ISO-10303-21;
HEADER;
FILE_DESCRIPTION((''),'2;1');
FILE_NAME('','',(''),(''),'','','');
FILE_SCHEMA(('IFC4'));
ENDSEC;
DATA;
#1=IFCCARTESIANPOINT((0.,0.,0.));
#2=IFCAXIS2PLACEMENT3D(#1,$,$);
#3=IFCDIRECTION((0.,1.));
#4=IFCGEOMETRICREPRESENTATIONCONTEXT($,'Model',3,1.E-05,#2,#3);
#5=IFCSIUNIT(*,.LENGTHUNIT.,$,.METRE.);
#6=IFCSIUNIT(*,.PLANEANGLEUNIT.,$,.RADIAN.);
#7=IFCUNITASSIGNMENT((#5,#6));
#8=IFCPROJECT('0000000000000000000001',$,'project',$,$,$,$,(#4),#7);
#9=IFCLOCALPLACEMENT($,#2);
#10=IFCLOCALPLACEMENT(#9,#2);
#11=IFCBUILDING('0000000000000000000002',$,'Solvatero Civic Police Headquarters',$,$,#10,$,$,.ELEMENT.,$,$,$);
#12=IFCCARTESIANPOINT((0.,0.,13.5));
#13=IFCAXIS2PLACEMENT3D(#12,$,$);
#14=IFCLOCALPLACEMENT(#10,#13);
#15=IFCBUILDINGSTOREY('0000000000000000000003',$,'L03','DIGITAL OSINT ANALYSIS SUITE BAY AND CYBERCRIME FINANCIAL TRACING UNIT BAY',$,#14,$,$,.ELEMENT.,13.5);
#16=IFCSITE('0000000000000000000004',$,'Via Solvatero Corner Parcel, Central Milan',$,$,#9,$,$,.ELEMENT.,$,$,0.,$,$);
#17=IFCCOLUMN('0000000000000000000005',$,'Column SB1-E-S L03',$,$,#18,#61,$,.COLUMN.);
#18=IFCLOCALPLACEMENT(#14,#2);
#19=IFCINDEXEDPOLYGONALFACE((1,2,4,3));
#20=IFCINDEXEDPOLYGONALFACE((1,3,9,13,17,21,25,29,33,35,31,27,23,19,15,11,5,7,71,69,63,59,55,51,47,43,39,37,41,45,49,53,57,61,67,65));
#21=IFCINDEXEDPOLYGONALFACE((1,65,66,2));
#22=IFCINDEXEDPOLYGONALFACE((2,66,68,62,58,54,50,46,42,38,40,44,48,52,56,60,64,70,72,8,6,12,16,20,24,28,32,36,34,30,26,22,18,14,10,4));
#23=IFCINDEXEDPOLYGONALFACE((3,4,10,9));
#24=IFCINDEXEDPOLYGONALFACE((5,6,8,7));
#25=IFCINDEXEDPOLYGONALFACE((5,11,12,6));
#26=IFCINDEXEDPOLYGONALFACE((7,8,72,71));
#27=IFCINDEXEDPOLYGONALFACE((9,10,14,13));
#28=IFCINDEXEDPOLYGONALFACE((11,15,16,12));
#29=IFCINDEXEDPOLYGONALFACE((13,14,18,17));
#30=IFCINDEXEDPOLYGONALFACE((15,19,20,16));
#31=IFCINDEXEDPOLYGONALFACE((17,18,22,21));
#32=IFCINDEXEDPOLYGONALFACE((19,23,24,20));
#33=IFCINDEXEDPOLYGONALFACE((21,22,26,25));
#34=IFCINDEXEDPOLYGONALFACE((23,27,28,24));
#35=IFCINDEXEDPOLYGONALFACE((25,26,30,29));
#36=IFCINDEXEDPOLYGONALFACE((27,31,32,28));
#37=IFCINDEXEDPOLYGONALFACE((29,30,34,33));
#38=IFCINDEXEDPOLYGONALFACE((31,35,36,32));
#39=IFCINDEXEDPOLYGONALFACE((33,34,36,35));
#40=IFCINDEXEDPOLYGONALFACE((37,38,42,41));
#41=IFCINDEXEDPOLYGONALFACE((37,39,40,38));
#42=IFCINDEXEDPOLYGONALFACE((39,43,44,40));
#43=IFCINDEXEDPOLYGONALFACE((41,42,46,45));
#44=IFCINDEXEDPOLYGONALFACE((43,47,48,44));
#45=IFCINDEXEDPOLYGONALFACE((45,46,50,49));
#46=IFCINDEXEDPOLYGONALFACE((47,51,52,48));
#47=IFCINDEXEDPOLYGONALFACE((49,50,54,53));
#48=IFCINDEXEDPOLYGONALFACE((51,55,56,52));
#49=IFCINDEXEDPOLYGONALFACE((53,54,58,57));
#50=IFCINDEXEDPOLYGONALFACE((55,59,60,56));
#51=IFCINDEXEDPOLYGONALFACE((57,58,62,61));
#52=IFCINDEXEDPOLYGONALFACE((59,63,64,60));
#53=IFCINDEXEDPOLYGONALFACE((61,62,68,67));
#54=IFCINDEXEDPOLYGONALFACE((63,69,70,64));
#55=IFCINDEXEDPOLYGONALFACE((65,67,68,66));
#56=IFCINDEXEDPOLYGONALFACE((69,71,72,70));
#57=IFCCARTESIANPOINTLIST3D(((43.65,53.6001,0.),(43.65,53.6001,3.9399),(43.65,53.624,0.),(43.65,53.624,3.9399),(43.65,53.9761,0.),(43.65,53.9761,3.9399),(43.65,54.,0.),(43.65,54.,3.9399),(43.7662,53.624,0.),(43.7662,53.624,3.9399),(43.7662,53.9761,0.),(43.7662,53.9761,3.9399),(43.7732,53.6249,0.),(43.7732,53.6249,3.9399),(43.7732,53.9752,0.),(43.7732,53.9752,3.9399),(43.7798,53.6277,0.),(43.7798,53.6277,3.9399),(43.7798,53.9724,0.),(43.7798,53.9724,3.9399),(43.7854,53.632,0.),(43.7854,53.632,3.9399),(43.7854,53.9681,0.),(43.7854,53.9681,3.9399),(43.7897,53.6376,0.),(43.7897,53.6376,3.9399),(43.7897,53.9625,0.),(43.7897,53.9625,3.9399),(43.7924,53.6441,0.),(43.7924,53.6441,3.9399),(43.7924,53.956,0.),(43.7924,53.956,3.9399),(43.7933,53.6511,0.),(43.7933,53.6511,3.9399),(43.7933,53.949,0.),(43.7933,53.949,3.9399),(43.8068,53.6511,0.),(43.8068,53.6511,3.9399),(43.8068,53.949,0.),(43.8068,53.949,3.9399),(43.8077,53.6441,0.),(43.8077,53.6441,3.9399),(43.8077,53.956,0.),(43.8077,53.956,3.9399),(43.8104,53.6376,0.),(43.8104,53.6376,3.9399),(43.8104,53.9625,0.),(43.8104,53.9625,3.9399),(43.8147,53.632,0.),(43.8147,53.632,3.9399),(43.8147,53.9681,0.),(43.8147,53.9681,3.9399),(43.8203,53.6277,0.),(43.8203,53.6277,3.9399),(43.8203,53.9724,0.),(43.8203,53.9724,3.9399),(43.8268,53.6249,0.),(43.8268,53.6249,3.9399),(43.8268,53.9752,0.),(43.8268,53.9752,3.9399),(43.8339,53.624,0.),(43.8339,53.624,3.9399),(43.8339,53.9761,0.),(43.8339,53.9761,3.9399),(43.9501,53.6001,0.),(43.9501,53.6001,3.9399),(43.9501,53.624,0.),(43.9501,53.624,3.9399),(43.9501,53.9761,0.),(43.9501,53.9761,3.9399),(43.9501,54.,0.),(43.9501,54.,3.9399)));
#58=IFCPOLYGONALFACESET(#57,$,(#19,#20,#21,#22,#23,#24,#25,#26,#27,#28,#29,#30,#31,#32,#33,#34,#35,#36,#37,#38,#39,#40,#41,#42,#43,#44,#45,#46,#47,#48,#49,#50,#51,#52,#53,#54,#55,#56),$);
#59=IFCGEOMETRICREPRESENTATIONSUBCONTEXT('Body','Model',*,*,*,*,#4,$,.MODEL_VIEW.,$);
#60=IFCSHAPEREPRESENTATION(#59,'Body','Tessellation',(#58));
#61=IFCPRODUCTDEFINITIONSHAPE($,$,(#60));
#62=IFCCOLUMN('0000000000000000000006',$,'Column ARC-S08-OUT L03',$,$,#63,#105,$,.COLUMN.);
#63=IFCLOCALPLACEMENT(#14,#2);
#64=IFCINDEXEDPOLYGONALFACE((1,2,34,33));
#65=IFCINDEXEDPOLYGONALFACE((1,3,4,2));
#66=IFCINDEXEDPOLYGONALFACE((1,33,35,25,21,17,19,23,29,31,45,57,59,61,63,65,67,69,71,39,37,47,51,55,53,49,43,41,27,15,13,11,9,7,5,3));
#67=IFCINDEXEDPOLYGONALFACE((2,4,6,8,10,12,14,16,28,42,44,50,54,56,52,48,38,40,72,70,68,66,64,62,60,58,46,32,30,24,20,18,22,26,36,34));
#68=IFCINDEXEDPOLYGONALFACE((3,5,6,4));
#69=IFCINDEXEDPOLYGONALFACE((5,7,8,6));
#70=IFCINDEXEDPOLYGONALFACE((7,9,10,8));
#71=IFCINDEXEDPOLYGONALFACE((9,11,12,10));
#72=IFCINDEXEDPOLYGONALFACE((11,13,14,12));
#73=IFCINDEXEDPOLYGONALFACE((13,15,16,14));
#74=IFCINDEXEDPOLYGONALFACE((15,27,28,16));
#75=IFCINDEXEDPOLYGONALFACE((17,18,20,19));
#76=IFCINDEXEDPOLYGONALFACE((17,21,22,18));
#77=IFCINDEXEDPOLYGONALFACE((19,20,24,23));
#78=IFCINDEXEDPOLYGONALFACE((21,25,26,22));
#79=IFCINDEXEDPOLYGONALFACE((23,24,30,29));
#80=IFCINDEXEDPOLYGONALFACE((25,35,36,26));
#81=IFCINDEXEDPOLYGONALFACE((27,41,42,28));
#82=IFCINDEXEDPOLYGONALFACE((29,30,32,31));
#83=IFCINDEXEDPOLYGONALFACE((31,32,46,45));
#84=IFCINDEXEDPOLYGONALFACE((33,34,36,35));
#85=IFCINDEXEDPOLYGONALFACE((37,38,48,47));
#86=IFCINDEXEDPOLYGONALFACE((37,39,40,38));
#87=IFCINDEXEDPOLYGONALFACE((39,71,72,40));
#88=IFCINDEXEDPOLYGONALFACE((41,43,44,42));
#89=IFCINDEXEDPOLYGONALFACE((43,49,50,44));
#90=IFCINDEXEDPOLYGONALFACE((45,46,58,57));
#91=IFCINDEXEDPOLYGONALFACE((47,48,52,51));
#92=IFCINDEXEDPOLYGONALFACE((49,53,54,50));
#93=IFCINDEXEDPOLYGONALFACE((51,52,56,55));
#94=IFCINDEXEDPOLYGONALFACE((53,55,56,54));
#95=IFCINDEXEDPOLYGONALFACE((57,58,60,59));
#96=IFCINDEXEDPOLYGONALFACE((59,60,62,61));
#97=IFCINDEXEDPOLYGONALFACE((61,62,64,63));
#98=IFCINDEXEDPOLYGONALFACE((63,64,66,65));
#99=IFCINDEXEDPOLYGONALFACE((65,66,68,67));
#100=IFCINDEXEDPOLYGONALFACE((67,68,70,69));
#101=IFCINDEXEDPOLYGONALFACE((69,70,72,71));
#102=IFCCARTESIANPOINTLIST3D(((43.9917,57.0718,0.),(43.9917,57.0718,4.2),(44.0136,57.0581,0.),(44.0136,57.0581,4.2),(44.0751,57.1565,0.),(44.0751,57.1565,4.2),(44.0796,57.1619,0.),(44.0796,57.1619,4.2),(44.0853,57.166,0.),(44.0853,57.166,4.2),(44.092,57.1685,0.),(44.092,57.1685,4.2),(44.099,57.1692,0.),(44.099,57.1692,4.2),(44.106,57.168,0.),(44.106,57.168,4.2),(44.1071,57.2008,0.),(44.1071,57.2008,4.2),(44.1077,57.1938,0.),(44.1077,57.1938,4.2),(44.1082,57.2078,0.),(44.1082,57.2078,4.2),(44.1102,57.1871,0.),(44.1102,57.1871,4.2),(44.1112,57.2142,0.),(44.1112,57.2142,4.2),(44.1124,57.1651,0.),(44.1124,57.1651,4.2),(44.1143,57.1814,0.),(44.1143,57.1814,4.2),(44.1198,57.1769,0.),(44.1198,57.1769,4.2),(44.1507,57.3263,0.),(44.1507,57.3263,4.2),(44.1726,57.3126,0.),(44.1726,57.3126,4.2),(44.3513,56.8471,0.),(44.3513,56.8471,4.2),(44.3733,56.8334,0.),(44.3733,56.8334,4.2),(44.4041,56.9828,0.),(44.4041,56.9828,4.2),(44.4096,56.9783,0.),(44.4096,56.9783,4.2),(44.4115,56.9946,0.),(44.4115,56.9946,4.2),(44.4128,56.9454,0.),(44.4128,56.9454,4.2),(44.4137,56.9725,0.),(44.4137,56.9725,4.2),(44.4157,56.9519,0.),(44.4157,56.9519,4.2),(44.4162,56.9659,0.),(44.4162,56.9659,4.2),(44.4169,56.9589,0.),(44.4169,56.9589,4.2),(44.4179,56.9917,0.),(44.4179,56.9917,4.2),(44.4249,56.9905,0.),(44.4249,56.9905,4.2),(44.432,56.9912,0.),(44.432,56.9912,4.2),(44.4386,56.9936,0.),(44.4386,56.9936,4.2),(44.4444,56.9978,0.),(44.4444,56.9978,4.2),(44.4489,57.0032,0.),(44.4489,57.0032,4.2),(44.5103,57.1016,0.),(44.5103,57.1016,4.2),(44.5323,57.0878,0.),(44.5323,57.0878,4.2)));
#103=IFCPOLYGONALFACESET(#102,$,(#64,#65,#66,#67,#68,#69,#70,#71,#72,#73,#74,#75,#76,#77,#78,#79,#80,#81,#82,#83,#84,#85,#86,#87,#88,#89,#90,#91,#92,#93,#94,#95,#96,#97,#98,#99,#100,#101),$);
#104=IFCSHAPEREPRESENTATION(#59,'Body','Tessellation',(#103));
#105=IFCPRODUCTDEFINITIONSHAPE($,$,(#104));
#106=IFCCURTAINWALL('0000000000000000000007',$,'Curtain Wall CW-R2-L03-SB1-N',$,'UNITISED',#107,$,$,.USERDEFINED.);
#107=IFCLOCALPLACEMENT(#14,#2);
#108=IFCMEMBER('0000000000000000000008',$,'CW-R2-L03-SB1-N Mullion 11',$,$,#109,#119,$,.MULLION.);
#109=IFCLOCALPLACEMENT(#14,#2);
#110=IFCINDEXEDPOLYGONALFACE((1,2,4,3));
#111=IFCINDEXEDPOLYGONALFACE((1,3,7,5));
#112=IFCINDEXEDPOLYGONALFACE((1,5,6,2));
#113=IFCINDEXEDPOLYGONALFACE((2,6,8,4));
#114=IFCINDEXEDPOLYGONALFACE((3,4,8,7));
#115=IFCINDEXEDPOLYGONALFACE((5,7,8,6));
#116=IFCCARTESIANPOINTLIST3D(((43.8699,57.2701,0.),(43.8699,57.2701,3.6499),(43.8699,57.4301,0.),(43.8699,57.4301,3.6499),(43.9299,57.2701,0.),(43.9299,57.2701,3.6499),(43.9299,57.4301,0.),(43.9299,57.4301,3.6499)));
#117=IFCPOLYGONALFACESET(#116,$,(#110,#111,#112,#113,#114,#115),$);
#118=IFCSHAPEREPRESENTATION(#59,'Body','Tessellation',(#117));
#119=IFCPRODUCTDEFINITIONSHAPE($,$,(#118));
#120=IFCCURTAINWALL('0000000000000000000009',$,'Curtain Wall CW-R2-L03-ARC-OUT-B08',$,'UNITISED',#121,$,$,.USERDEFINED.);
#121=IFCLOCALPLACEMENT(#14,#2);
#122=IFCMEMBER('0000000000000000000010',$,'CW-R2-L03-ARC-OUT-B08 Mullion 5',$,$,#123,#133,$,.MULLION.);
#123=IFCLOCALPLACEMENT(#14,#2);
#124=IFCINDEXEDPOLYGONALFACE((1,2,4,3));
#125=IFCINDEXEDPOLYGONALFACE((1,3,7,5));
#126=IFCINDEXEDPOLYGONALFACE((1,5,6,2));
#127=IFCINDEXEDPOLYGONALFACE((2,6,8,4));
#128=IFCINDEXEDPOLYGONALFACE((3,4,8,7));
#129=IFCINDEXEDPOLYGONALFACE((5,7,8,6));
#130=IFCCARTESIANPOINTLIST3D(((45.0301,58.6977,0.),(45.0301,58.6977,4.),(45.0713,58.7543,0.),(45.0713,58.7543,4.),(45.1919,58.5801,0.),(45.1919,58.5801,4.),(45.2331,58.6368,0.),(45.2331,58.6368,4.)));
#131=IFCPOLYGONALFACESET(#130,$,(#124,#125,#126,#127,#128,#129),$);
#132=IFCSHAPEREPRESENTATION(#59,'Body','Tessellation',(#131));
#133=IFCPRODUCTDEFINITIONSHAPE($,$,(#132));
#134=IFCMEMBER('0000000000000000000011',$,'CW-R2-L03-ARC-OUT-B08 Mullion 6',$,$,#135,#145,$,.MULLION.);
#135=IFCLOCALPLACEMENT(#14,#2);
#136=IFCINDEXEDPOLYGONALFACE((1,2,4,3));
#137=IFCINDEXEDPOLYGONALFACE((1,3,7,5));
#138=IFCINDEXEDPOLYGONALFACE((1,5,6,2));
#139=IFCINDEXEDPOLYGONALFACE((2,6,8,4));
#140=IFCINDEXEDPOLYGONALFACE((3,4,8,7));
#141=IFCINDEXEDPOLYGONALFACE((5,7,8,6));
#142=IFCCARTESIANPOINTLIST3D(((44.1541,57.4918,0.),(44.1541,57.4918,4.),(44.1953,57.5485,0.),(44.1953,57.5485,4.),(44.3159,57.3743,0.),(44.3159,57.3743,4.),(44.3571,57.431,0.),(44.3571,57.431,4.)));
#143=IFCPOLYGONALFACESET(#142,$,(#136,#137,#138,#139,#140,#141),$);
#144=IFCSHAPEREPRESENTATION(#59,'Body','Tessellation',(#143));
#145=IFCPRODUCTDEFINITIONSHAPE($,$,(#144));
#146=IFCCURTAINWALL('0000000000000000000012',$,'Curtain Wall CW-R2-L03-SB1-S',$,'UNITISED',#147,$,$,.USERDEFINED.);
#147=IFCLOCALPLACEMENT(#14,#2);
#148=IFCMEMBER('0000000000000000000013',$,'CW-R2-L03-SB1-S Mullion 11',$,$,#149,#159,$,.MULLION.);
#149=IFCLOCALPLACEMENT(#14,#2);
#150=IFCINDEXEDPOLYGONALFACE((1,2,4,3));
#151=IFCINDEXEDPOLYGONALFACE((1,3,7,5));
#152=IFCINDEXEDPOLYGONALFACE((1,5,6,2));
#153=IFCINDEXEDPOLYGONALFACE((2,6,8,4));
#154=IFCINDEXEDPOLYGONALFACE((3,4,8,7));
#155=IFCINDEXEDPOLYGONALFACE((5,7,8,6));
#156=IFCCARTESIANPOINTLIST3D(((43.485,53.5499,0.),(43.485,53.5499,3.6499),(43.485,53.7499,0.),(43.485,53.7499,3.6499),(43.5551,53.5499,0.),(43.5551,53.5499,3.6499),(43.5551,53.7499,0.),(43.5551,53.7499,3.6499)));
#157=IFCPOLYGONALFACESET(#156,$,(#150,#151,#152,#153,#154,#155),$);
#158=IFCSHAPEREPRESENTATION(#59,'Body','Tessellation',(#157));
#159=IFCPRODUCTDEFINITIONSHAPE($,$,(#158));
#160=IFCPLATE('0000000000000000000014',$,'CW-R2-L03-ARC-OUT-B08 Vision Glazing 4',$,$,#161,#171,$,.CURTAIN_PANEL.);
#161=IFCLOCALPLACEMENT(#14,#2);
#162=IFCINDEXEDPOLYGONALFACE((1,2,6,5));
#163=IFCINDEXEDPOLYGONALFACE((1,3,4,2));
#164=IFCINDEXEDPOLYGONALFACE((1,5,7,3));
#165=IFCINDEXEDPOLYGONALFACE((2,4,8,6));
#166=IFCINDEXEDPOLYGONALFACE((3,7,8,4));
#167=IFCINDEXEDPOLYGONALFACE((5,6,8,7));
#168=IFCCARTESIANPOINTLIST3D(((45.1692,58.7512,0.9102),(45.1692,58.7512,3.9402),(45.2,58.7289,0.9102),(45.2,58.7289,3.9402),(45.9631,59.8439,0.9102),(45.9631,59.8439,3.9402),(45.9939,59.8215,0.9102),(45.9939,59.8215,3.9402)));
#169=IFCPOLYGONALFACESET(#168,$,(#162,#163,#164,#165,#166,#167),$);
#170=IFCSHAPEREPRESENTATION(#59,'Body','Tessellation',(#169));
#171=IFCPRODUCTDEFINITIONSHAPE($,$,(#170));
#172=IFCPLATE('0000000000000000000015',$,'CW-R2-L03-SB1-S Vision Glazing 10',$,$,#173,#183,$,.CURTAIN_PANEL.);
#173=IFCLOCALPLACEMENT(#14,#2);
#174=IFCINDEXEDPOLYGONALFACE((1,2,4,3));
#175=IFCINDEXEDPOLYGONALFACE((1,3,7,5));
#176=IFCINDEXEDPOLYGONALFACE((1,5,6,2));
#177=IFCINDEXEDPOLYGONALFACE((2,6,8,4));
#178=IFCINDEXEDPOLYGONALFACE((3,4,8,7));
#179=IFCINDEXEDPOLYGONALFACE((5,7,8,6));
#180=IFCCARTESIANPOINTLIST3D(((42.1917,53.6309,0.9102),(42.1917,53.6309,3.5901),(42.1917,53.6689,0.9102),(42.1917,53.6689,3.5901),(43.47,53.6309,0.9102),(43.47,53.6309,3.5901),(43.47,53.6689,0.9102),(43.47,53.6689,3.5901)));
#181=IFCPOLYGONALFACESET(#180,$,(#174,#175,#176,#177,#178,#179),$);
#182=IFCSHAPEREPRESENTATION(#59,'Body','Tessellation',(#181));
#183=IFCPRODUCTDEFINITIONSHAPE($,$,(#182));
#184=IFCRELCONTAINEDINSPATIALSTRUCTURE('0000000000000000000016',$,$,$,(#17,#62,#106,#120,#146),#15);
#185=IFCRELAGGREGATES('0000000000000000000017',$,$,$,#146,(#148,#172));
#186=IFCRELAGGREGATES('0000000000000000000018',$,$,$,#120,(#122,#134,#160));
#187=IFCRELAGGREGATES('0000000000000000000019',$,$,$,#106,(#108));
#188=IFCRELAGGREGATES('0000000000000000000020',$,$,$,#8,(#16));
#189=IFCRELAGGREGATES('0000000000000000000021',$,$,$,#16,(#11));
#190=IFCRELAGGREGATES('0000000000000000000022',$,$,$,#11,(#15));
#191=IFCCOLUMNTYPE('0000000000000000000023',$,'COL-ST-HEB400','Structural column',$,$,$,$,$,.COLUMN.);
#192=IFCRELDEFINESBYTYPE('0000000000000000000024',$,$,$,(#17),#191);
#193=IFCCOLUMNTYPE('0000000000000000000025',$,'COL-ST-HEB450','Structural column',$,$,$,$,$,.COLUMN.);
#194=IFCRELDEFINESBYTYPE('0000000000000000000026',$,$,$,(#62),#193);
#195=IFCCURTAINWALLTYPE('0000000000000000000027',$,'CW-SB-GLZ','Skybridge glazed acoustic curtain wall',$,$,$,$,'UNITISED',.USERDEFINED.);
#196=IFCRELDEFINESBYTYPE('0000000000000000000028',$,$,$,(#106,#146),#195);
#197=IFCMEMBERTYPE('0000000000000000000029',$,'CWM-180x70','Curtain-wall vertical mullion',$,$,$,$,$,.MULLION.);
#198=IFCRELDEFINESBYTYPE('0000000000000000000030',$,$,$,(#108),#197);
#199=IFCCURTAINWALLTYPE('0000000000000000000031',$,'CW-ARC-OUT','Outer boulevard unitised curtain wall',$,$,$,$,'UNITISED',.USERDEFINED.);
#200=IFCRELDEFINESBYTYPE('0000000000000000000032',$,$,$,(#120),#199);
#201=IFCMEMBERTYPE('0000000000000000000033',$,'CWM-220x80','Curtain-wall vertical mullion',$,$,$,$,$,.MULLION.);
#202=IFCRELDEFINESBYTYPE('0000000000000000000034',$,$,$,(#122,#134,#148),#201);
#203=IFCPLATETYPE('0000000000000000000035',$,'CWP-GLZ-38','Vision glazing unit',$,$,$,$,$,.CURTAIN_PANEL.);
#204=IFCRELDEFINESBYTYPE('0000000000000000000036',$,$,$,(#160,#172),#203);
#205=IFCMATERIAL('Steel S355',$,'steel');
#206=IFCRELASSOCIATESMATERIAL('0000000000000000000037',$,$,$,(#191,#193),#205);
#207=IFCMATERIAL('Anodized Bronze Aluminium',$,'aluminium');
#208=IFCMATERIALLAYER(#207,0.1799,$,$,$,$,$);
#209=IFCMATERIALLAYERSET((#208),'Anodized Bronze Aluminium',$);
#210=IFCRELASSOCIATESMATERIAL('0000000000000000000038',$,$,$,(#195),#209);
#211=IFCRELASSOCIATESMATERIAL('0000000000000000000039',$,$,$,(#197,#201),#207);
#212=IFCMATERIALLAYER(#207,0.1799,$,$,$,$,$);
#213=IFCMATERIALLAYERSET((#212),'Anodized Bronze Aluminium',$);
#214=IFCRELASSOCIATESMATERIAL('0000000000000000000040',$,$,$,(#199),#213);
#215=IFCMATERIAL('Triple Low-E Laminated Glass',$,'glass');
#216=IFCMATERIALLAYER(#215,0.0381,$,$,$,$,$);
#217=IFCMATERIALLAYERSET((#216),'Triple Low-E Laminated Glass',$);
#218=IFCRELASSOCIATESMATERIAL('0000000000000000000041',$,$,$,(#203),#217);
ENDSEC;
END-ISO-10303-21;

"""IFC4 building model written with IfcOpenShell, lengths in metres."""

from ifc_helpers import new_model, si_unit, direction, frame, origin, origin_2d, place, context, subcontext, project, spatial, rectangle, i_section, extrude, material, layer, layer_set, material_profile, profile_set, type_object, element, aggregate, save


model = new_model("IFC4")

# Units and contexts
model_context = context("Model", 3, precision=1e-05, world=origin(), true_north=direction((0.0, 1.0)))
body_context = subcontext(model_context, "Body", "Model", "MODEL_VIEW")
ifc_project = project(units=[si_unit("LENGTHUNIT", "METRE"), si_unit("PLANEANGLEUNIT", "RADIAN")], contexts=[model_context])

# Site, building, storey
site_placement = place(None, origin())
site = spatial("IfcSite", under=ifc_project, at=site_placement, Name="Via Solvatero Corner Parcel, Central Milan", CompositionType="ELEMENT", RefElevation=0.0)
building_placement = place(site_placement, origin())
building = spatial("IfcBuilding", under=site, at=building_placement, Name="Solvatero Civic Police Headquarters", CompositionType="ELEMENT")
storey_placement = place(building_placement, frame((0.0, 0.0, 13.5)))
storey = spatial("IfcBuildingStorey", under=building, at=storey_placement, Name="L03", Description="DIGITAL OSINT ANALYSIS SUITE BAY AND CYBERCRIME FINANCIAL TRACING UNIT BAY", CompositionType="ELEMENT", Elevation=13.5)

# Columns
ifc_material_1 = material(Name="Steel S355", Category="steel")
ifc_material_profile_1 = material_profile(ifc_material_1, i_section(OverallWidth=0.3, OverallDepth=0.3999, WebThickness=0.0134, FlangeThickness=0.0239, FilletRadius=0.0271, at=origin_2d()), Name="HEB 400")
ifc_profile_set_1 = profile_set([ifc_material_profile_1], Name="Steel S355")
column_type_1 = type_object("IfcColumnType", Name="COL-ST-HEB400", Description="Structural column", PredefinedType="COLUMN", material=ifc_profile_set_1)
column_1_placement = place(storey_placement, frame((43.8, 53.8, 0.0), z_axis=(0.0, 0.0, 1.0), x_axis=(1.0, 0.0, 0.0)))
element("IfcColumn", 1, at=column_1_placement, inside=storey, type_object=column_type_1, Name="Column SB1-E-S L03", PredefinedType="COLUMN", context=body_context, shape_type="SweptSolid", body=[
    extrude(i_section(OverallWidth=0.3, OverallDepth=0.3999, WebThickness=0.0134, FlangeThickness=0.0239, FilletRadius=0.0271, at=origin_2d()), origin(), (0.0, 0.0, 1.0), 3.9399),
])
ifc_material_profile_2 = material_profile(ifc_material_1, i_section(OverallWidth=0.3, OverallDepth=0.45, WebThickness=0.0139, FlangeThickness=0.0259, FilletRadius=0.0271, at=origin_2d()), Name="HEB 450")
ifc_profile_set_2 = profile_set([ifc_material_profile_2], Name="Steel S355")
column_type_2 = type_object("IfcColumnType", Name="COL-ST-HEB450", Description="Structural column", PredefinedType="COLUMN", material=ifc_profile_set_2)
column_2_placement = place(storey_placement, frame((44.262, 57.0798, 0.0), z_axis=(0.0, 0.0, 1.0), x_axis=(0.529919, 0.848048, 0.0)))
element("IfcColumn", 2, at=column_2_placement, inside=storey, type_object=column_type_2, Name="Column ARC-S08-OUT L03", PredefinedType="COLUMN", context=body_context, shape_type="SweptSolid", body=[
    extrude(i_section(OverallWidth=0.3, OverallDepth=0.45, WebThickness=0.0139, FlangeThickness=0.0259, FilletRadius=0.0271, at=origin_2d()), origin(), (0.0, 0.0, 1.0), 4.2),
])

# Curtain wall, member
ifc_material_2 = material(Name="Anodized Bronze Aluminium", Category="aluminium")
ifc_layer_1 = layer(ifc_material_2, 0.1799)
ifc_layer_set_1 = layer_set([ifc_layer_1], Name="Anodized Bronze Aluminium")
curtain_wall_type_1 = type_object("IfcCurtainWallType", Name="CW-SB-GLZ", Description="Skybridge glazed acoustic curtain wall", ElementType="UNITISED", PredefinedType="USERDEFINED", material=ifc_layer_set_1)
curtain_wall_1_placement = place(storey_placement, origin())
curtain_wall_1 = element("IfcCurtainWall", 3, at=curtain_wall_1_placement, inside=storey, type_object=curtain_wall_type_1, Name="Curtain Wall CW-R2-L03-SB1-N", ObjectType="UNITISED", PredefinedType="USERDEFINED")
ifc_material_profile_3 = material_profile(ifc_material_2, rectangle(XDim=0.0601, YDim=0.1599, at=origin_2d()), Name="ALU MULLION 60x160")
ifc_profile_set_3 = profile_set([ifc_material_profile_3], Name="Anodized Bronze Aluminium")
member_type_1 = type_object("IfcMemberType", Name="CWM-180x70", Description="Curtain-wall vertical mullion", PredefinedType="MULLION", material=ifc_profile_set_3)
member_1_placement = place(storey_placement, frame((43.8999, 57.3501, 0.0), z_axis=(0.0, 0.0, 1.0), x_axis=(1.0, 0.0, 0.0)))
member_1 = element("IfcMember", 4, at=member_1_placement, type_object=member_type_1, Name="CW-R2-L03-SB1-N Mullion 11", PredefinedType="MULLION", context=body_context, shape_type="SweptSolid", body=[
    extrude(rectangle(XDim=0.0601, YDim=0.1599, at=origin_2d()), origin(), (0.0, 0.0, 1.0), 3.6499),
])

# Curtain wall, members
ifc_layer_2 = layer(ifc_material_2, 0.1799)
ifc_layer_set_2 = layer_set([ifc_layer_2], Name="Anodized Bronze Aluminium")
curtain_wall_type_2 = type_object("IfcCurtainWallType", Name="CW-ARC-OUT", Description="Outer boulevard unitised curtain wall", ElementType="UNITISED", PredefinedType="USERDEFINED", material=ifc_layer_set_2)
curtain_wall_2_placement = place(storey_placement, origin())
curtain_wall_2 = element("IfcCurtainWall", 5, at=curtain_wall_2_placement, inside=storey, type_object=curtain_wall_type_2, Name="Curtain Wall CW-R2-L03-ARC-OUT-B08", ObjectType="UNITISED", PredefinedType="USERDEFINED")
ifc_material_profile_4 = material_profile(ifc_material_2, rectangle(XDim=0.0701, YDim=0.2, at=origin_2d()), Name="ALU MULLION 70x200")
ifc_profile_set_4 = profile_set([ifc_material_profile_4], Name="Anodized Bronze Aluminium")
member_type_2 = type_object("IfcMemberType", Name="CWM-220x80", Description="Curtain-wall vertical mullion", PredefinedType="MULLION", material=ifc_profile_set_4)
member_2_placement = place(storey_placement, frame((45.1316, 58.6672, 0.0), z_axis=(0.0, 0.0, 1.0), x_axis=(-0.587785, -0.809017, 0.0)))
member_2 = element("IfcMember", 6, at=member_2_placement, type_object=member_type_2, Name="CW-R2-L03-ARC-OUT-B08 Mullion 5", PredefinedType="MULLION", context=body_context, shape_type="SweptSolid", body=[
    extrude(rectangle(XDim=0.0701, YDim=0.2, at=origin_2d()), origin(), (0.0, 0.0, 1.0), 4.0),
])
member_3_placement = place(storey_placement, frame((44.2556, 57.4614, 0.0), z_axis=(0.0, 0.0, 1.0), x_axis=(-0.587785, -0.809017, 0.0)))
member_3 = element("IfcMember", 7, at=member_3_placement, type_object=member_type_2, Name="CW-R2-L03-ARC-OUT-B08 Mullion 6", PredefinedType="MULLION", context=body_context, shape_type="SweptSolid", body=[
    extrude(rectangle(XDim=0.0701, YDim=0.2, at=origin_2d()), origin(), (0.0, 0.0, 1.0), 4.0),
])

# Curtain wall, member
curtain_wall_3_placement = place(storey_placement, origin())
curtain_wall_3 = element("IfcCurtainWall", 8, at=curtain_wall_3_placement, inside=storey, type_object=curtain_wall_type_1, Name="Curtain Wall CW-R2-L03-SB1-S", ObjectType="UNITISED", PredefinedType="USERDEFINED")
member_4_placement = place(storey_placement, frame((43.52, 53.6499, 0.0), z_axis=(0.0, 0.0, 1.0), x_axis=(1.0, 0.0, 0.0)))
member_4 = element("IfcMember", 9, at=member_4_placement, type_object=member_type_2, Name="CW-R2-L03-SB1-S Mullion 11", PredefinedType="MULLION", context=body_context, shape_type="SweptSolid", body=[
    extrude(rectangle(XDim=0.0701, YDim=0.2, at=origin_2d()), origin(), (0.0, 0.0, 1.0), 3.6499),
])

# Plates
ifc_material_3 = material(Name="Triple Low-E Laminated Glass", Category="glass")
ifc_layer_3 = layer(ifc_material_3, 0.0381)
ifc_layer_set_3 = layer_set([ifc_layer_3], Name="Triple Low-E Laminated Glass")
plate_type_1 = type_object("IfcPlateType", Name="CWP-GLZ-38", Description="Vision glazing unit", PredefinedType="CURTAIN_PANEL", material=ifc_layer_set_3)
plate_1_placement = place(storey_placement, frame((45.5815, 59.2864, 0.9102), z_axis=(0.0, 0.0, 1.0), x_axis=(-0.587785, -0.809017, 0.0)))
plate_1 = element("IfcPlate", 10, at=plate_1_placement, type_object=plate_type_1, Name="CW-R2-L03-ARC-OUT-B08 Vision Glazing 4", PredefinedType="CURTAIN_PANEL", context=body_context, shape_type="SweptSolid", body=[
    extrude(rectangle(XDim=1.3506, YDim=0.0381, at=origin_2d()), origin(), (0.0, 0.0, 1.0), 3.03),
])
plate_2_placement = place(storey_placement, frame((42.8308, 53.6499, 0.9102), z_axis=(0.0, 0.0, 1.0), x_axis=(1.0, 0.0, 0.0)))
plate_2 = element("IfcPlate", 11, at=plate_2_placement, type_object=plate_type_1, Name="CW-R2-L03-SB1-S Vision Glazing 10", PredefinedType="CURTAIN_PANEL", context=body_context, shape_type="SweptSolid", body=[
    extrude(rectangle(XDim=1.2783, YDim=0.0381, at=origin_2d()), origin(), (0.0, 0.0, 1.0), 2.6799),
])
aggregate(curtain_wall_3, [member_4, plate_2])
aggregate(curtain_wall_2, [member_2, member_3, plate_1])
aggregate(curtain_wall_1, [member_1])

save(model, "model.ifc")
